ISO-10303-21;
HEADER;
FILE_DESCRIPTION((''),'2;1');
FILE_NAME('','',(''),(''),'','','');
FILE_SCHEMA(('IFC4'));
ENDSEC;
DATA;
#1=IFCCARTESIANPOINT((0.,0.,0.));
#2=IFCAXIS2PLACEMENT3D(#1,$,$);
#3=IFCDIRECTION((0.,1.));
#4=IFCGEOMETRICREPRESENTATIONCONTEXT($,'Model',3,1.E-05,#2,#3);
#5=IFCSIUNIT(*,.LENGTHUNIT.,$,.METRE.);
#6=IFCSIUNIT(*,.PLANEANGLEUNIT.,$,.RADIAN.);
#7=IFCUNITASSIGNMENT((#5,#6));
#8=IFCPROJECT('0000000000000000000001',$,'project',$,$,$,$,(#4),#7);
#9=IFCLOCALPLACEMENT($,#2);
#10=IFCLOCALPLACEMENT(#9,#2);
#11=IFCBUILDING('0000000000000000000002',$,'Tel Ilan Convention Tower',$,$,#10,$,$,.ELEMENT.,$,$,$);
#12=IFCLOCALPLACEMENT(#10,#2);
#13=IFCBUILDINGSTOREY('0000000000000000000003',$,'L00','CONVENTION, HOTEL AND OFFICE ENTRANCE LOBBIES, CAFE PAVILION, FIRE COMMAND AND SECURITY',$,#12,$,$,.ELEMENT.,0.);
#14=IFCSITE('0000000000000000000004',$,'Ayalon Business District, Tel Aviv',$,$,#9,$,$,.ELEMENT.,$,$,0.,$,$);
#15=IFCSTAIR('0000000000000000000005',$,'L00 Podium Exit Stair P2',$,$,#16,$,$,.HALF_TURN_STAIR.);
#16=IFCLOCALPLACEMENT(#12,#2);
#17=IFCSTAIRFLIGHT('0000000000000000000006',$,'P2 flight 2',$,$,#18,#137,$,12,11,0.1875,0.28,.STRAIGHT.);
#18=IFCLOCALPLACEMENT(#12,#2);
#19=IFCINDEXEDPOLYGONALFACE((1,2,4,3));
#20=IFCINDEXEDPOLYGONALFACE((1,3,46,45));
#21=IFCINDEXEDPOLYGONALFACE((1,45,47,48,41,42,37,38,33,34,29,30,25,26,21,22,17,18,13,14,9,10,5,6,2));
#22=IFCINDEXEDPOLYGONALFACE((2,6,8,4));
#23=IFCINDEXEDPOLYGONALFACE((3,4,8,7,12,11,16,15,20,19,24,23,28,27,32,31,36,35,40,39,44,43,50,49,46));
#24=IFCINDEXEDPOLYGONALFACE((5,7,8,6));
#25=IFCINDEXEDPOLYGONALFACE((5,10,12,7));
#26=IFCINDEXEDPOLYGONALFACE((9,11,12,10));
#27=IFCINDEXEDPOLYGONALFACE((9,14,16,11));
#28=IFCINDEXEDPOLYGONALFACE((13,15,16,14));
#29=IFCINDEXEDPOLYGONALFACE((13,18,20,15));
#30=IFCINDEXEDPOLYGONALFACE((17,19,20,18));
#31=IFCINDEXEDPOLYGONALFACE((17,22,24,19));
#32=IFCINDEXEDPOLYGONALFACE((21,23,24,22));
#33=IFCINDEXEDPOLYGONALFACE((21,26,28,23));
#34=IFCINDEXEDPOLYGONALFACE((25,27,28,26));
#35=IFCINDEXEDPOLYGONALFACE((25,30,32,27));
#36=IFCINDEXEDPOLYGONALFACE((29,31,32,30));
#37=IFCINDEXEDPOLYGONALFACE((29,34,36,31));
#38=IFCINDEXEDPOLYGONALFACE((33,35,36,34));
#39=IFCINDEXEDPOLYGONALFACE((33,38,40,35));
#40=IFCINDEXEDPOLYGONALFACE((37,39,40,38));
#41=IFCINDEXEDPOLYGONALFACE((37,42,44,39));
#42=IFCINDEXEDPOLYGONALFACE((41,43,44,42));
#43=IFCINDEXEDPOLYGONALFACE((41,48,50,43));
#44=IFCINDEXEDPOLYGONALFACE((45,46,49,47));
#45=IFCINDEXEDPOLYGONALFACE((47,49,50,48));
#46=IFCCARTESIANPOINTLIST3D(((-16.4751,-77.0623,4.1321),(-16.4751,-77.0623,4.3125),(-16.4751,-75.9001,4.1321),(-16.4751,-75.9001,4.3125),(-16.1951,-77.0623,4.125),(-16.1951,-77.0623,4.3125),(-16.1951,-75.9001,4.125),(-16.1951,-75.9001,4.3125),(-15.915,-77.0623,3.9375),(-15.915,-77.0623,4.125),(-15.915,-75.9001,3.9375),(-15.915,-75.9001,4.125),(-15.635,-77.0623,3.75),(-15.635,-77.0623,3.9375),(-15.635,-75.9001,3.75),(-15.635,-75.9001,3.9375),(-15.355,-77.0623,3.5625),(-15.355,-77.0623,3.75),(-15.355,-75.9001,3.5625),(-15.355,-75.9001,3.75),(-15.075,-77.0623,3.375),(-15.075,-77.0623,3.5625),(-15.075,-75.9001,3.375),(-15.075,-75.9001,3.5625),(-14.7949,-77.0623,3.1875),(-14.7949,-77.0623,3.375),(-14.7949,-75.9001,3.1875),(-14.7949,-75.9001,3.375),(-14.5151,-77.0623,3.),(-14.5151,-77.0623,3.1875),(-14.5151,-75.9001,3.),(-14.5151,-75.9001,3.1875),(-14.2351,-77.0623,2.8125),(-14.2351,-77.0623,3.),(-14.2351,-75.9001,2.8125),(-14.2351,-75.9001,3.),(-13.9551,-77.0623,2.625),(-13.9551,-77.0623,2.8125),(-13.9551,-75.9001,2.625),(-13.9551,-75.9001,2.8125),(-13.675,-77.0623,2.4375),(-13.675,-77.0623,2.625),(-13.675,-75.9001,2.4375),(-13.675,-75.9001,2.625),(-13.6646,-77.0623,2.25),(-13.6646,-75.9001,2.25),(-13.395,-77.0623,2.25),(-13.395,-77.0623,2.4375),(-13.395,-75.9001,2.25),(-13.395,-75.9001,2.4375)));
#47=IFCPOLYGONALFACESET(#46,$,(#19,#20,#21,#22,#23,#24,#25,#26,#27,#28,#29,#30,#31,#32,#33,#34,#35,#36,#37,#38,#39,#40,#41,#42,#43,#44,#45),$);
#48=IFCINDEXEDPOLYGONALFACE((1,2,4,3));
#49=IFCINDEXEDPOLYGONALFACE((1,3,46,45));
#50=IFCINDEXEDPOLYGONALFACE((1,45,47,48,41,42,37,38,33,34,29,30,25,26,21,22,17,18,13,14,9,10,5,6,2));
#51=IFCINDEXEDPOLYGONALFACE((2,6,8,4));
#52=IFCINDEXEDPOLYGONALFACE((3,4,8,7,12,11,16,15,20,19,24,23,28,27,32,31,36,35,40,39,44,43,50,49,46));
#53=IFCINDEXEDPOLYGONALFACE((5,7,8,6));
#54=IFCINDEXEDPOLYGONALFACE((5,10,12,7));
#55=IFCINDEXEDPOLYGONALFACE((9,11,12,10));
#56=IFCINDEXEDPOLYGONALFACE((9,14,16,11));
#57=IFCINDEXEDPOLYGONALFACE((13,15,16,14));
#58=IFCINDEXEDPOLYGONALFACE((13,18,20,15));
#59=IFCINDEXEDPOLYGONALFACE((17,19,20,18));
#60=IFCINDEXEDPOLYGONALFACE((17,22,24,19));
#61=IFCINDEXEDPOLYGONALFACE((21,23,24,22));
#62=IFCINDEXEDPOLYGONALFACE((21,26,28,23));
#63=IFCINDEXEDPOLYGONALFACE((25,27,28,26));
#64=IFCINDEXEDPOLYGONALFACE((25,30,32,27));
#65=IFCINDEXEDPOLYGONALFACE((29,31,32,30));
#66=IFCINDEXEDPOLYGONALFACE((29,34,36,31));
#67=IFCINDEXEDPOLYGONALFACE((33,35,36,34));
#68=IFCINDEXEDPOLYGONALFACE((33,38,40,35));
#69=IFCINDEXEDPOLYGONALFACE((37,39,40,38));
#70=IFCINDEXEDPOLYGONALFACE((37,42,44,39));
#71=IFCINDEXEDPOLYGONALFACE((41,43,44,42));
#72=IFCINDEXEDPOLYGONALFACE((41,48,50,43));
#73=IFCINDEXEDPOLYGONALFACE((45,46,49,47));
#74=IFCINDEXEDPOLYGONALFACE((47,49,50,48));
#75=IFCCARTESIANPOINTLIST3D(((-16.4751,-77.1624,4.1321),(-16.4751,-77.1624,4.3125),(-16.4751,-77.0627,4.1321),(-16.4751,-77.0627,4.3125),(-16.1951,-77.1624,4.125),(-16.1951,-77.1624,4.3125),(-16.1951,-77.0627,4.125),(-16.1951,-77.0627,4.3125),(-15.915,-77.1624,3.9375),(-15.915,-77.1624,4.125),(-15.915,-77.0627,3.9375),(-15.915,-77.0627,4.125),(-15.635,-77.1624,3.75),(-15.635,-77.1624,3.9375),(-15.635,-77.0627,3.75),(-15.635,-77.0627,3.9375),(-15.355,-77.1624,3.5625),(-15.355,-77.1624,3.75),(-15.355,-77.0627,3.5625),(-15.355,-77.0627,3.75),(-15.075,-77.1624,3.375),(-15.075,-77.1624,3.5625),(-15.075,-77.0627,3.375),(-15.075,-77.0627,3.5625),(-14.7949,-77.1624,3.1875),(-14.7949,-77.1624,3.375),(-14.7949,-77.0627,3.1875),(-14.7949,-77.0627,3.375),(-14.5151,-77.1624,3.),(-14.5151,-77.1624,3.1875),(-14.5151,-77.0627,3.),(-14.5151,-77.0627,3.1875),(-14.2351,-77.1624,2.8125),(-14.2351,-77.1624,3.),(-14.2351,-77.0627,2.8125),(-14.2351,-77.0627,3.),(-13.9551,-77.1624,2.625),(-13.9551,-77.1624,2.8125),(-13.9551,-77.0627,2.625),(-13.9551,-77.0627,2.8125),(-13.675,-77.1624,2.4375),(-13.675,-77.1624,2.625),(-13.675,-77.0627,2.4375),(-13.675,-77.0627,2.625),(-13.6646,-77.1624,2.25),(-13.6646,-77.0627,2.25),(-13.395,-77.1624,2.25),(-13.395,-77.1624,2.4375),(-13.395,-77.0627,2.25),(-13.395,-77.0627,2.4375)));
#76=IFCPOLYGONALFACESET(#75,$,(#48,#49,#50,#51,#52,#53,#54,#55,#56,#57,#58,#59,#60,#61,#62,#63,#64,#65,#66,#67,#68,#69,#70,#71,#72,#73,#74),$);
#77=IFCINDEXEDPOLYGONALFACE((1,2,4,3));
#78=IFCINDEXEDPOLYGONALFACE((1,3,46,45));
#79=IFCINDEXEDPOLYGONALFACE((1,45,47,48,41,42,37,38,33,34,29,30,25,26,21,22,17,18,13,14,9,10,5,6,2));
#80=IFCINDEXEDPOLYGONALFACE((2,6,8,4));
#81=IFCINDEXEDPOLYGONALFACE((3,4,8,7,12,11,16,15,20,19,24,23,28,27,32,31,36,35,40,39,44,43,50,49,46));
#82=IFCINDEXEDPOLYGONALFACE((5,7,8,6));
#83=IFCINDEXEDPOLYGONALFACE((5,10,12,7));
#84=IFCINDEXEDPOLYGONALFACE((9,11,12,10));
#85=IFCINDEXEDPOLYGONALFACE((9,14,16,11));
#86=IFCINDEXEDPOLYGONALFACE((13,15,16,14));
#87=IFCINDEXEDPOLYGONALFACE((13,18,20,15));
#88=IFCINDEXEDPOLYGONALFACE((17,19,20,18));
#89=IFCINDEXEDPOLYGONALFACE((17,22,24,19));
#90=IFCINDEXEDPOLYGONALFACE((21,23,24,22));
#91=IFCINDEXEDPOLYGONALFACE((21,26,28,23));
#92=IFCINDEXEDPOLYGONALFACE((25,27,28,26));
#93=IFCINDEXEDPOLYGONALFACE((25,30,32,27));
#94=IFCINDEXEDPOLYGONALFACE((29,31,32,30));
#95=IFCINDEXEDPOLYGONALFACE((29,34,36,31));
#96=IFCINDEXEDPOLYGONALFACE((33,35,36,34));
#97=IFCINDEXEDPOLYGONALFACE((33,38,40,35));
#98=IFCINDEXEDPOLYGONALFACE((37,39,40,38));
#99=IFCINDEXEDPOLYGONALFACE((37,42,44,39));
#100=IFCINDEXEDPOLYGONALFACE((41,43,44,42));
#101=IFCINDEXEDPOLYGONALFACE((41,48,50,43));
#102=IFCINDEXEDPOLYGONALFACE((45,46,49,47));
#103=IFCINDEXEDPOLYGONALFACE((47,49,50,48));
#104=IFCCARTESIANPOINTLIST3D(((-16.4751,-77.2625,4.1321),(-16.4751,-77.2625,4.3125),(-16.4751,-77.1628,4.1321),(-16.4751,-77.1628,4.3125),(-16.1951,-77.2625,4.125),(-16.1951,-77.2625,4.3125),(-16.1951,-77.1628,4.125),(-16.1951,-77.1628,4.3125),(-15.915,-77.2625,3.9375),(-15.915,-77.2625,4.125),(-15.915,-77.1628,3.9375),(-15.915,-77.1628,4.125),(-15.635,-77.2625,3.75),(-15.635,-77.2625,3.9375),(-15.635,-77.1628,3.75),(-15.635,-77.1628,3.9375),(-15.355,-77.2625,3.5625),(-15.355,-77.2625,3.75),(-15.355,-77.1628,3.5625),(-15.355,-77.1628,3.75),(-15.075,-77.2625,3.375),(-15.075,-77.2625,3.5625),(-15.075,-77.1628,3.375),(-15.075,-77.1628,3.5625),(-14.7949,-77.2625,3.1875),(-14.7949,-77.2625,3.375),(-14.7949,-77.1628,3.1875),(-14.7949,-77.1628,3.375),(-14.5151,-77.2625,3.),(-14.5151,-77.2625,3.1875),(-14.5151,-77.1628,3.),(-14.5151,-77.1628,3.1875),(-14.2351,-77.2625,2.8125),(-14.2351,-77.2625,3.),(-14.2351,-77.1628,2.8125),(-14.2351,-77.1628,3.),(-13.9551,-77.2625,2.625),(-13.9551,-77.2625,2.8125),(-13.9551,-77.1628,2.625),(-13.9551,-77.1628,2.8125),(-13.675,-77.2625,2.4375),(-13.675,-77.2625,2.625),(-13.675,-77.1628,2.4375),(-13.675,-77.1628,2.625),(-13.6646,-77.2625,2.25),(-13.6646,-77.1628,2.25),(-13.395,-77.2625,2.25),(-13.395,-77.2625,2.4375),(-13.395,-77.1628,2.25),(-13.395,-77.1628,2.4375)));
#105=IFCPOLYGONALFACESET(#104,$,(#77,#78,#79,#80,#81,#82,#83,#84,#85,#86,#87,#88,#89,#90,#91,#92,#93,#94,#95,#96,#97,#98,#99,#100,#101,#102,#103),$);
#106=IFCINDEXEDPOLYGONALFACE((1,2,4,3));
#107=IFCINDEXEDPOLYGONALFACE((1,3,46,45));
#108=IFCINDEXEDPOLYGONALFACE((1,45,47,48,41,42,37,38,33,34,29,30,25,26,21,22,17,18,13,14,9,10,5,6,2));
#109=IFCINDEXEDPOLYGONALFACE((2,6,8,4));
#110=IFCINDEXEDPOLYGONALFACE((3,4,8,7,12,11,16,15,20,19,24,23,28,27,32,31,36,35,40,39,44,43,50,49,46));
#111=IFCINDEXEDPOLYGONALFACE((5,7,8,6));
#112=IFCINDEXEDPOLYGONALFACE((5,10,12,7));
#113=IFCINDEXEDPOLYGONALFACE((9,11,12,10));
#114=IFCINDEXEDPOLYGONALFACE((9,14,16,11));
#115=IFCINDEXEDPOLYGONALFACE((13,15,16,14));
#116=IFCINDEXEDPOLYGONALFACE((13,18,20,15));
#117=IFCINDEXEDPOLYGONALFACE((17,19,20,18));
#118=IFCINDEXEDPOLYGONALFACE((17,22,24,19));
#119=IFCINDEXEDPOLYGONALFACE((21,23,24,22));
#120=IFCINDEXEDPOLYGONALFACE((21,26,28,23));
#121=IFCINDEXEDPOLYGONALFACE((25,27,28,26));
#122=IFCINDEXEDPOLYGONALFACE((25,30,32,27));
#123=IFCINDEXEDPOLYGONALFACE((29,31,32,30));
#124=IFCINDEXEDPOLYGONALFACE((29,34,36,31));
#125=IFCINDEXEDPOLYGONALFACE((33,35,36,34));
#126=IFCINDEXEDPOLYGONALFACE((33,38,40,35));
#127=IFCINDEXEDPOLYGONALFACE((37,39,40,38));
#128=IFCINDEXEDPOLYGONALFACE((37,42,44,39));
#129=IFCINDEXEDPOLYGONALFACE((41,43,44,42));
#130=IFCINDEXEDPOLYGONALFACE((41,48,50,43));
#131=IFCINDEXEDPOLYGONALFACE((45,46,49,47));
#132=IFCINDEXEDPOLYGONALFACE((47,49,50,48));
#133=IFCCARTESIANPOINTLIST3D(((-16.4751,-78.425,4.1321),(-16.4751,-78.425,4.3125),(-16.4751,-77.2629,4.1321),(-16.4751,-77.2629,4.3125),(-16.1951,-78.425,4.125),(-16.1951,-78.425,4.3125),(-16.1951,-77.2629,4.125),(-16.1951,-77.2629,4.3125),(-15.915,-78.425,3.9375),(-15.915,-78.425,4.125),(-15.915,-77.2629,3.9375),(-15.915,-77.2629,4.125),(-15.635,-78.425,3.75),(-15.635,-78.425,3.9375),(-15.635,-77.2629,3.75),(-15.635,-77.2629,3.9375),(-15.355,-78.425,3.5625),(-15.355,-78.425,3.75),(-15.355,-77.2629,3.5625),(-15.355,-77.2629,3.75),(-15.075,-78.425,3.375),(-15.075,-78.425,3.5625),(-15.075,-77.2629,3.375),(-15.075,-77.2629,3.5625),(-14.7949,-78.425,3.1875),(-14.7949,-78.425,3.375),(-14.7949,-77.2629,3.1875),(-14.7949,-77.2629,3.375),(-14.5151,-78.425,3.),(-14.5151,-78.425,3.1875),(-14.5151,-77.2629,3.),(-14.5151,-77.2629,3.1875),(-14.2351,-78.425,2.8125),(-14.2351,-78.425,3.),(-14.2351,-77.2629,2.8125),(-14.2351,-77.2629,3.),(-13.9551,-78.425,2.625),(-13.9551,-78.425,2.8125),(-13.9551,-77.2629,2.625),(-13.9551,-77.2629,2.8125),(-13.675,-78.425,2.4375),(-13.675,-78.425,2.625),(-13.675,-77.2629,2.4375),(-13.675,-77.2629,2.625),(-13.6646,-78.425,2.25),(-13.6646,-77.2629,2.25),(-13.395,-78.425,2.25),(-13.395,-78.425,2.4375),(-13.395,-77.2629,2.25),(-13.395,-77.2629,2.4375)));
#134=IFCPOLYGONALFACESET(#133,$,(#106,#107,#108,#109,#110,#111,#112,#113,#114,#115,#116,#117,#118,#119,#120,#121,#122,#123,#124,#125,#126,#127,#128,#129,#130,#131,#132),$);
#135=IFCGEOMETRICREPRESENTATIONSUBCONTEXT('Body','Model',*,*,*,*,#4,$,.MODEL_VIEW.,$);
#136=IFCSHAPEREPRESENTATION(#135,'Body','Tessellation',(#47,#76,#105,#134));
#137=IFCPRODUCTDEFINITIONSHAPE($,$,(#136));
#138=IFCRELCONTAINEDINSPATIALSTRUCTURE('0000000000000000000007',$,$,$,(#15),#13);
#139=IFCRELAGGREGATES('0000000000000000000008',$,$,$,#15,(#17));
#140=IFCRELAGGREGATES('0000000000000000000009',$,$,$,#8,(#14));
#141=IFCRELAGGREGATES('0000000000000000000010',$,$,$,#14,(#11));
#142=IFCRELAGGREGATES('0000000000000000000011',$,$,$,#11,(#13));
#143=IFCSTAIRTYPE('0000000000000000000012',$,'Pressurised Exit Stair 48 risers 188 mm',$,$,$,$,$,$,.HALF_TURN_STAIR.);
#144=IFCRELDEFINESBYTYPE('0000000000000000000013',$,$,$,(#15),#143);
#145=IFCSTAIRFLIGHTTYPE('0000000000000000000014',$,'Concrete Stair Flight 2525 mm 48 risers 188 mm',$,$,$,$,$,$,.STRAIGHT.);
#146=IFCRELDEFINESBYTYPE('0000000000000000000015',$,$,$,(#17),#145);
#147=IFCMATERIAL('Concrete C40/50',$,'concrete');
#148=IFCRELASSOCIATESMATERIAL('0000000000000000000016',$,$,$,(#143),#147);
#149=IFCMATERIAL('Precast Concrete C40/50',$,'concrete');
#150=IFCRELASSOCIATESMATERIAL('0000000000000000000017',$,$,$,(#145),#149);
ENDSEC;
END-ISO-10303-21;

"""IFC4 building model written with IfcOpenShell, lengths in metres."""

from ifc_helpers import new_model, si_unit, direction, frame, origin, place, context, subcontext, project, spatial, polyline, outline, extrude, material, type_object, element, aggregate, save


model = new_model("IFC4")

# Units and contexts
model_context = context("Model", 3, precision=1e-05, world=origin(), true_north=direction((0.0, 1.0)))
body_context = subcontext(model_context, "Body", "Model", "MODEL_VIEW")
ifc_project = project(units=[si_unit("LENGTHUNIT", "METRE"), si_unit("PLANEANGLEUNIT", "RADIAN")], contexts=[model_context])

# Site, building, storey
site_placement = place(None, origin())
site = spatial("IfcSite", under=ifc_project, at=site_placement, Name="Ayalon Business District, Tel Aviv", CompositionType="ELEMENT", RefElevation=0.0)
building_placement = place(site_placement, origin())
building = spatial("IfcBuilding", under=site, at=building_placement, Name="Tel Ilan Convention Tower", CompositionType="ELEMENT")
storey_placement = place(building_placement, origin())
storey = spatial("IfcBuildingStorey", under=building, at=storey_placement, Name="L00", Description="CONVENTION, HOTEL AND OFFICE ENTRANCE LOBBIES, CAFE PAVILION, FIRE COMMAND AND SECURITY", CompositionType="ELEMENT", Elevation=0.0)

# Stair, stair flight
ifc_material_1 = material(Name="Concrete C40/50", Category="concrete")
stair_type = type_object("IfcStairType", Name="Pressurised Exit Stair 48 risers 188 mm", PredefinedType="HALF_TURN_STAIR", material=ifc_material_1)
stair_placement = place(storey_placement, origin())
stair = element("IfcStair", 1, at=stair_placement, inside=storey, type_object=stair_type, Name="L00 Podium Exit Stair P2", PredefinedType="HALF_TURN_STAIR")
ifc_material_2 = material(Name="Precast Concrete C40/50", Category="concrete")
stair_flight_type = type_object("IfcStairFlightType", Name="Concrete Stair Flight 2525 mm 48 risers 188 mm", PredefinedType="STRAIGHT", material=ifc_material_2)
stair_flight_1_placement = place(storey_placement, frame((-13.395, -77.1626, 2.25), z_axis=(0.0, 0.0, 1.0), x_axis=(-1.0, 0.0, 0.0)))
stair_flight_1 = element("IfcStairFlight", 2, at=stair_flight_1_placement, type_object=stair_flight_type, Name="P2 flight 2", NumberOfRisers=12, NumberOfTreads=11, PredefinedType="STRAIGHT", RiserHeight=0.1875, TreadLength=0.28, context=body_context, shape_type="SweptSolid", body=[
    extrude(outline(polyline([(0.0, 0.0), (0.0, 0.1875), (0.28, 0.1875), (0.28, 0.375), (0.5601, 0.375), (0.5601, 0.5625), (0.8401, 0.5625), (0.8401, 0.75), (1.1201, 0.75), (1.1201, 0.9375), (1.3999, 0.9375), (1.3999, 1.125), (1.6799, 1.125), (1.6799, 1.3125), (1.96, 1.3125), (1.96, 1.5), (2.24, 1.5), (2.24, 1.6875), (2.52, 1.6875), (2.52, 1.875), (2.8, 1.875), (2.8, 2.0625), (3.0801, 2.0625), (3.0801, 2.25), (3.0801, 1.8821), (0.2695, 0.0), (0.0, 0.0)])), frame((0.0, -0.1003, 0.0), z_axis=(0.0, -1.0, 0.0), x_axis=(1.0, 0.0, 0.0)), (0.0, 0.0, 1.0), 1.1621),
    extrude(outline(polyline([(0.0, 0.0), (0.0, 0.1875), (0.28, 0.1875), (0.28, 0.375), (0.5601, 0.375), (0.5601, 0.5625), (0.8401, 0.5625), (0.8401, 0.75), (1.1201, 0.75), (1.1201, 0.9375), (1.3999, 0.9375), (1.3999, 1.125), (1.6799, 1.125), (1.6799, 1.3125), (1.96, 1.3125), (1.96, 1.5), (2.24, 1.5), (2.24, 1.6875), (2.52, 1.6875), (2.52, 1.875), (2.8, 1.875), (2.8, 2.0625), (3.0801, 2.0625), (3.0801, 2.25), (3.0801, 1.8821), (0.2695, 0.0), (0.0, 0.0)])), frame((0.0, -0.0002, 0.0), z_axis=(0.0, -1.0, 0.0), x_axis=(1.0, 0.0, 0.0)), (0.0, 0.0, 1.0), 0.0996),
    extrude(outline(polyline([(0.0, 0.0), (0.0, 0.1875), (0.28, 0.1875), (0.28, 0.375), (0.5601, 0.375), (0.5601, 0.5625), (0.8401, 0.5625), (0.8401, 0.75), (1.1201, 0.75), (1.1201, 0.9375), (1.3999, 0.9375), (1.3999, 1.125), (1.6799, 1.125), (1.6799, 1.3125), (1.96, 1.3125), (1.96, 1.5), (2.24, 1.5), (2.24, 1.6875), (2.52, 1.6875), (2.52, 1.875), (2.8, 1.875), (2.8, 2.0625), (3.0801, 2.0625), (3.0801, 2.25), (3.0801, 1.8821), (0.2695, 0.0), (0.0, 0.0)])), frame((0.0, 0.0999, 0.0), z_axis=(0.0, -1.0, 0.0), x_axis=(1.0, 0.0, 0.0)), (0.0, 0.0, 1.0), 0.0996),
    extrude(outline(polyline([(0.0, 0.0), (0.0, 0.1875), (0.28, 0.1875), (0.28, 0.375), (0.5601, 0.375), (0.5601, 0.5625), (0.8401, 0.5625), (0.8401, 0.75), (1.1201, 0.75), (1.1201, 0.9375), (1.3999, 0.9375), (1.3999, 1.125), (1.6799, 1.125), (1.6799, 1.3125), (1.96, 1.3125), (1.96, 1.5), (2.24, 1.5), (2.24, 1.6875), (2.52, 1.6875), (2.52, 1.875), (2.8, 1.875), (2.8, 2.0625), (3.0801, 2.0625), (3.0801, 2.25), (3.0801, 1.8821), (0.2695, 0.0), (0.0, 0.0)])), frame((0.0, 1.2625, 0.0), z_axis=(0.0, -1.0, 0.0), x_axis=(1.0, 0.0, 0.0)), (0.0, 0.0, 1.0), 1.1621),
])
aggregate(stair, [stair_flight_1])

save(model, "model.ifc")
